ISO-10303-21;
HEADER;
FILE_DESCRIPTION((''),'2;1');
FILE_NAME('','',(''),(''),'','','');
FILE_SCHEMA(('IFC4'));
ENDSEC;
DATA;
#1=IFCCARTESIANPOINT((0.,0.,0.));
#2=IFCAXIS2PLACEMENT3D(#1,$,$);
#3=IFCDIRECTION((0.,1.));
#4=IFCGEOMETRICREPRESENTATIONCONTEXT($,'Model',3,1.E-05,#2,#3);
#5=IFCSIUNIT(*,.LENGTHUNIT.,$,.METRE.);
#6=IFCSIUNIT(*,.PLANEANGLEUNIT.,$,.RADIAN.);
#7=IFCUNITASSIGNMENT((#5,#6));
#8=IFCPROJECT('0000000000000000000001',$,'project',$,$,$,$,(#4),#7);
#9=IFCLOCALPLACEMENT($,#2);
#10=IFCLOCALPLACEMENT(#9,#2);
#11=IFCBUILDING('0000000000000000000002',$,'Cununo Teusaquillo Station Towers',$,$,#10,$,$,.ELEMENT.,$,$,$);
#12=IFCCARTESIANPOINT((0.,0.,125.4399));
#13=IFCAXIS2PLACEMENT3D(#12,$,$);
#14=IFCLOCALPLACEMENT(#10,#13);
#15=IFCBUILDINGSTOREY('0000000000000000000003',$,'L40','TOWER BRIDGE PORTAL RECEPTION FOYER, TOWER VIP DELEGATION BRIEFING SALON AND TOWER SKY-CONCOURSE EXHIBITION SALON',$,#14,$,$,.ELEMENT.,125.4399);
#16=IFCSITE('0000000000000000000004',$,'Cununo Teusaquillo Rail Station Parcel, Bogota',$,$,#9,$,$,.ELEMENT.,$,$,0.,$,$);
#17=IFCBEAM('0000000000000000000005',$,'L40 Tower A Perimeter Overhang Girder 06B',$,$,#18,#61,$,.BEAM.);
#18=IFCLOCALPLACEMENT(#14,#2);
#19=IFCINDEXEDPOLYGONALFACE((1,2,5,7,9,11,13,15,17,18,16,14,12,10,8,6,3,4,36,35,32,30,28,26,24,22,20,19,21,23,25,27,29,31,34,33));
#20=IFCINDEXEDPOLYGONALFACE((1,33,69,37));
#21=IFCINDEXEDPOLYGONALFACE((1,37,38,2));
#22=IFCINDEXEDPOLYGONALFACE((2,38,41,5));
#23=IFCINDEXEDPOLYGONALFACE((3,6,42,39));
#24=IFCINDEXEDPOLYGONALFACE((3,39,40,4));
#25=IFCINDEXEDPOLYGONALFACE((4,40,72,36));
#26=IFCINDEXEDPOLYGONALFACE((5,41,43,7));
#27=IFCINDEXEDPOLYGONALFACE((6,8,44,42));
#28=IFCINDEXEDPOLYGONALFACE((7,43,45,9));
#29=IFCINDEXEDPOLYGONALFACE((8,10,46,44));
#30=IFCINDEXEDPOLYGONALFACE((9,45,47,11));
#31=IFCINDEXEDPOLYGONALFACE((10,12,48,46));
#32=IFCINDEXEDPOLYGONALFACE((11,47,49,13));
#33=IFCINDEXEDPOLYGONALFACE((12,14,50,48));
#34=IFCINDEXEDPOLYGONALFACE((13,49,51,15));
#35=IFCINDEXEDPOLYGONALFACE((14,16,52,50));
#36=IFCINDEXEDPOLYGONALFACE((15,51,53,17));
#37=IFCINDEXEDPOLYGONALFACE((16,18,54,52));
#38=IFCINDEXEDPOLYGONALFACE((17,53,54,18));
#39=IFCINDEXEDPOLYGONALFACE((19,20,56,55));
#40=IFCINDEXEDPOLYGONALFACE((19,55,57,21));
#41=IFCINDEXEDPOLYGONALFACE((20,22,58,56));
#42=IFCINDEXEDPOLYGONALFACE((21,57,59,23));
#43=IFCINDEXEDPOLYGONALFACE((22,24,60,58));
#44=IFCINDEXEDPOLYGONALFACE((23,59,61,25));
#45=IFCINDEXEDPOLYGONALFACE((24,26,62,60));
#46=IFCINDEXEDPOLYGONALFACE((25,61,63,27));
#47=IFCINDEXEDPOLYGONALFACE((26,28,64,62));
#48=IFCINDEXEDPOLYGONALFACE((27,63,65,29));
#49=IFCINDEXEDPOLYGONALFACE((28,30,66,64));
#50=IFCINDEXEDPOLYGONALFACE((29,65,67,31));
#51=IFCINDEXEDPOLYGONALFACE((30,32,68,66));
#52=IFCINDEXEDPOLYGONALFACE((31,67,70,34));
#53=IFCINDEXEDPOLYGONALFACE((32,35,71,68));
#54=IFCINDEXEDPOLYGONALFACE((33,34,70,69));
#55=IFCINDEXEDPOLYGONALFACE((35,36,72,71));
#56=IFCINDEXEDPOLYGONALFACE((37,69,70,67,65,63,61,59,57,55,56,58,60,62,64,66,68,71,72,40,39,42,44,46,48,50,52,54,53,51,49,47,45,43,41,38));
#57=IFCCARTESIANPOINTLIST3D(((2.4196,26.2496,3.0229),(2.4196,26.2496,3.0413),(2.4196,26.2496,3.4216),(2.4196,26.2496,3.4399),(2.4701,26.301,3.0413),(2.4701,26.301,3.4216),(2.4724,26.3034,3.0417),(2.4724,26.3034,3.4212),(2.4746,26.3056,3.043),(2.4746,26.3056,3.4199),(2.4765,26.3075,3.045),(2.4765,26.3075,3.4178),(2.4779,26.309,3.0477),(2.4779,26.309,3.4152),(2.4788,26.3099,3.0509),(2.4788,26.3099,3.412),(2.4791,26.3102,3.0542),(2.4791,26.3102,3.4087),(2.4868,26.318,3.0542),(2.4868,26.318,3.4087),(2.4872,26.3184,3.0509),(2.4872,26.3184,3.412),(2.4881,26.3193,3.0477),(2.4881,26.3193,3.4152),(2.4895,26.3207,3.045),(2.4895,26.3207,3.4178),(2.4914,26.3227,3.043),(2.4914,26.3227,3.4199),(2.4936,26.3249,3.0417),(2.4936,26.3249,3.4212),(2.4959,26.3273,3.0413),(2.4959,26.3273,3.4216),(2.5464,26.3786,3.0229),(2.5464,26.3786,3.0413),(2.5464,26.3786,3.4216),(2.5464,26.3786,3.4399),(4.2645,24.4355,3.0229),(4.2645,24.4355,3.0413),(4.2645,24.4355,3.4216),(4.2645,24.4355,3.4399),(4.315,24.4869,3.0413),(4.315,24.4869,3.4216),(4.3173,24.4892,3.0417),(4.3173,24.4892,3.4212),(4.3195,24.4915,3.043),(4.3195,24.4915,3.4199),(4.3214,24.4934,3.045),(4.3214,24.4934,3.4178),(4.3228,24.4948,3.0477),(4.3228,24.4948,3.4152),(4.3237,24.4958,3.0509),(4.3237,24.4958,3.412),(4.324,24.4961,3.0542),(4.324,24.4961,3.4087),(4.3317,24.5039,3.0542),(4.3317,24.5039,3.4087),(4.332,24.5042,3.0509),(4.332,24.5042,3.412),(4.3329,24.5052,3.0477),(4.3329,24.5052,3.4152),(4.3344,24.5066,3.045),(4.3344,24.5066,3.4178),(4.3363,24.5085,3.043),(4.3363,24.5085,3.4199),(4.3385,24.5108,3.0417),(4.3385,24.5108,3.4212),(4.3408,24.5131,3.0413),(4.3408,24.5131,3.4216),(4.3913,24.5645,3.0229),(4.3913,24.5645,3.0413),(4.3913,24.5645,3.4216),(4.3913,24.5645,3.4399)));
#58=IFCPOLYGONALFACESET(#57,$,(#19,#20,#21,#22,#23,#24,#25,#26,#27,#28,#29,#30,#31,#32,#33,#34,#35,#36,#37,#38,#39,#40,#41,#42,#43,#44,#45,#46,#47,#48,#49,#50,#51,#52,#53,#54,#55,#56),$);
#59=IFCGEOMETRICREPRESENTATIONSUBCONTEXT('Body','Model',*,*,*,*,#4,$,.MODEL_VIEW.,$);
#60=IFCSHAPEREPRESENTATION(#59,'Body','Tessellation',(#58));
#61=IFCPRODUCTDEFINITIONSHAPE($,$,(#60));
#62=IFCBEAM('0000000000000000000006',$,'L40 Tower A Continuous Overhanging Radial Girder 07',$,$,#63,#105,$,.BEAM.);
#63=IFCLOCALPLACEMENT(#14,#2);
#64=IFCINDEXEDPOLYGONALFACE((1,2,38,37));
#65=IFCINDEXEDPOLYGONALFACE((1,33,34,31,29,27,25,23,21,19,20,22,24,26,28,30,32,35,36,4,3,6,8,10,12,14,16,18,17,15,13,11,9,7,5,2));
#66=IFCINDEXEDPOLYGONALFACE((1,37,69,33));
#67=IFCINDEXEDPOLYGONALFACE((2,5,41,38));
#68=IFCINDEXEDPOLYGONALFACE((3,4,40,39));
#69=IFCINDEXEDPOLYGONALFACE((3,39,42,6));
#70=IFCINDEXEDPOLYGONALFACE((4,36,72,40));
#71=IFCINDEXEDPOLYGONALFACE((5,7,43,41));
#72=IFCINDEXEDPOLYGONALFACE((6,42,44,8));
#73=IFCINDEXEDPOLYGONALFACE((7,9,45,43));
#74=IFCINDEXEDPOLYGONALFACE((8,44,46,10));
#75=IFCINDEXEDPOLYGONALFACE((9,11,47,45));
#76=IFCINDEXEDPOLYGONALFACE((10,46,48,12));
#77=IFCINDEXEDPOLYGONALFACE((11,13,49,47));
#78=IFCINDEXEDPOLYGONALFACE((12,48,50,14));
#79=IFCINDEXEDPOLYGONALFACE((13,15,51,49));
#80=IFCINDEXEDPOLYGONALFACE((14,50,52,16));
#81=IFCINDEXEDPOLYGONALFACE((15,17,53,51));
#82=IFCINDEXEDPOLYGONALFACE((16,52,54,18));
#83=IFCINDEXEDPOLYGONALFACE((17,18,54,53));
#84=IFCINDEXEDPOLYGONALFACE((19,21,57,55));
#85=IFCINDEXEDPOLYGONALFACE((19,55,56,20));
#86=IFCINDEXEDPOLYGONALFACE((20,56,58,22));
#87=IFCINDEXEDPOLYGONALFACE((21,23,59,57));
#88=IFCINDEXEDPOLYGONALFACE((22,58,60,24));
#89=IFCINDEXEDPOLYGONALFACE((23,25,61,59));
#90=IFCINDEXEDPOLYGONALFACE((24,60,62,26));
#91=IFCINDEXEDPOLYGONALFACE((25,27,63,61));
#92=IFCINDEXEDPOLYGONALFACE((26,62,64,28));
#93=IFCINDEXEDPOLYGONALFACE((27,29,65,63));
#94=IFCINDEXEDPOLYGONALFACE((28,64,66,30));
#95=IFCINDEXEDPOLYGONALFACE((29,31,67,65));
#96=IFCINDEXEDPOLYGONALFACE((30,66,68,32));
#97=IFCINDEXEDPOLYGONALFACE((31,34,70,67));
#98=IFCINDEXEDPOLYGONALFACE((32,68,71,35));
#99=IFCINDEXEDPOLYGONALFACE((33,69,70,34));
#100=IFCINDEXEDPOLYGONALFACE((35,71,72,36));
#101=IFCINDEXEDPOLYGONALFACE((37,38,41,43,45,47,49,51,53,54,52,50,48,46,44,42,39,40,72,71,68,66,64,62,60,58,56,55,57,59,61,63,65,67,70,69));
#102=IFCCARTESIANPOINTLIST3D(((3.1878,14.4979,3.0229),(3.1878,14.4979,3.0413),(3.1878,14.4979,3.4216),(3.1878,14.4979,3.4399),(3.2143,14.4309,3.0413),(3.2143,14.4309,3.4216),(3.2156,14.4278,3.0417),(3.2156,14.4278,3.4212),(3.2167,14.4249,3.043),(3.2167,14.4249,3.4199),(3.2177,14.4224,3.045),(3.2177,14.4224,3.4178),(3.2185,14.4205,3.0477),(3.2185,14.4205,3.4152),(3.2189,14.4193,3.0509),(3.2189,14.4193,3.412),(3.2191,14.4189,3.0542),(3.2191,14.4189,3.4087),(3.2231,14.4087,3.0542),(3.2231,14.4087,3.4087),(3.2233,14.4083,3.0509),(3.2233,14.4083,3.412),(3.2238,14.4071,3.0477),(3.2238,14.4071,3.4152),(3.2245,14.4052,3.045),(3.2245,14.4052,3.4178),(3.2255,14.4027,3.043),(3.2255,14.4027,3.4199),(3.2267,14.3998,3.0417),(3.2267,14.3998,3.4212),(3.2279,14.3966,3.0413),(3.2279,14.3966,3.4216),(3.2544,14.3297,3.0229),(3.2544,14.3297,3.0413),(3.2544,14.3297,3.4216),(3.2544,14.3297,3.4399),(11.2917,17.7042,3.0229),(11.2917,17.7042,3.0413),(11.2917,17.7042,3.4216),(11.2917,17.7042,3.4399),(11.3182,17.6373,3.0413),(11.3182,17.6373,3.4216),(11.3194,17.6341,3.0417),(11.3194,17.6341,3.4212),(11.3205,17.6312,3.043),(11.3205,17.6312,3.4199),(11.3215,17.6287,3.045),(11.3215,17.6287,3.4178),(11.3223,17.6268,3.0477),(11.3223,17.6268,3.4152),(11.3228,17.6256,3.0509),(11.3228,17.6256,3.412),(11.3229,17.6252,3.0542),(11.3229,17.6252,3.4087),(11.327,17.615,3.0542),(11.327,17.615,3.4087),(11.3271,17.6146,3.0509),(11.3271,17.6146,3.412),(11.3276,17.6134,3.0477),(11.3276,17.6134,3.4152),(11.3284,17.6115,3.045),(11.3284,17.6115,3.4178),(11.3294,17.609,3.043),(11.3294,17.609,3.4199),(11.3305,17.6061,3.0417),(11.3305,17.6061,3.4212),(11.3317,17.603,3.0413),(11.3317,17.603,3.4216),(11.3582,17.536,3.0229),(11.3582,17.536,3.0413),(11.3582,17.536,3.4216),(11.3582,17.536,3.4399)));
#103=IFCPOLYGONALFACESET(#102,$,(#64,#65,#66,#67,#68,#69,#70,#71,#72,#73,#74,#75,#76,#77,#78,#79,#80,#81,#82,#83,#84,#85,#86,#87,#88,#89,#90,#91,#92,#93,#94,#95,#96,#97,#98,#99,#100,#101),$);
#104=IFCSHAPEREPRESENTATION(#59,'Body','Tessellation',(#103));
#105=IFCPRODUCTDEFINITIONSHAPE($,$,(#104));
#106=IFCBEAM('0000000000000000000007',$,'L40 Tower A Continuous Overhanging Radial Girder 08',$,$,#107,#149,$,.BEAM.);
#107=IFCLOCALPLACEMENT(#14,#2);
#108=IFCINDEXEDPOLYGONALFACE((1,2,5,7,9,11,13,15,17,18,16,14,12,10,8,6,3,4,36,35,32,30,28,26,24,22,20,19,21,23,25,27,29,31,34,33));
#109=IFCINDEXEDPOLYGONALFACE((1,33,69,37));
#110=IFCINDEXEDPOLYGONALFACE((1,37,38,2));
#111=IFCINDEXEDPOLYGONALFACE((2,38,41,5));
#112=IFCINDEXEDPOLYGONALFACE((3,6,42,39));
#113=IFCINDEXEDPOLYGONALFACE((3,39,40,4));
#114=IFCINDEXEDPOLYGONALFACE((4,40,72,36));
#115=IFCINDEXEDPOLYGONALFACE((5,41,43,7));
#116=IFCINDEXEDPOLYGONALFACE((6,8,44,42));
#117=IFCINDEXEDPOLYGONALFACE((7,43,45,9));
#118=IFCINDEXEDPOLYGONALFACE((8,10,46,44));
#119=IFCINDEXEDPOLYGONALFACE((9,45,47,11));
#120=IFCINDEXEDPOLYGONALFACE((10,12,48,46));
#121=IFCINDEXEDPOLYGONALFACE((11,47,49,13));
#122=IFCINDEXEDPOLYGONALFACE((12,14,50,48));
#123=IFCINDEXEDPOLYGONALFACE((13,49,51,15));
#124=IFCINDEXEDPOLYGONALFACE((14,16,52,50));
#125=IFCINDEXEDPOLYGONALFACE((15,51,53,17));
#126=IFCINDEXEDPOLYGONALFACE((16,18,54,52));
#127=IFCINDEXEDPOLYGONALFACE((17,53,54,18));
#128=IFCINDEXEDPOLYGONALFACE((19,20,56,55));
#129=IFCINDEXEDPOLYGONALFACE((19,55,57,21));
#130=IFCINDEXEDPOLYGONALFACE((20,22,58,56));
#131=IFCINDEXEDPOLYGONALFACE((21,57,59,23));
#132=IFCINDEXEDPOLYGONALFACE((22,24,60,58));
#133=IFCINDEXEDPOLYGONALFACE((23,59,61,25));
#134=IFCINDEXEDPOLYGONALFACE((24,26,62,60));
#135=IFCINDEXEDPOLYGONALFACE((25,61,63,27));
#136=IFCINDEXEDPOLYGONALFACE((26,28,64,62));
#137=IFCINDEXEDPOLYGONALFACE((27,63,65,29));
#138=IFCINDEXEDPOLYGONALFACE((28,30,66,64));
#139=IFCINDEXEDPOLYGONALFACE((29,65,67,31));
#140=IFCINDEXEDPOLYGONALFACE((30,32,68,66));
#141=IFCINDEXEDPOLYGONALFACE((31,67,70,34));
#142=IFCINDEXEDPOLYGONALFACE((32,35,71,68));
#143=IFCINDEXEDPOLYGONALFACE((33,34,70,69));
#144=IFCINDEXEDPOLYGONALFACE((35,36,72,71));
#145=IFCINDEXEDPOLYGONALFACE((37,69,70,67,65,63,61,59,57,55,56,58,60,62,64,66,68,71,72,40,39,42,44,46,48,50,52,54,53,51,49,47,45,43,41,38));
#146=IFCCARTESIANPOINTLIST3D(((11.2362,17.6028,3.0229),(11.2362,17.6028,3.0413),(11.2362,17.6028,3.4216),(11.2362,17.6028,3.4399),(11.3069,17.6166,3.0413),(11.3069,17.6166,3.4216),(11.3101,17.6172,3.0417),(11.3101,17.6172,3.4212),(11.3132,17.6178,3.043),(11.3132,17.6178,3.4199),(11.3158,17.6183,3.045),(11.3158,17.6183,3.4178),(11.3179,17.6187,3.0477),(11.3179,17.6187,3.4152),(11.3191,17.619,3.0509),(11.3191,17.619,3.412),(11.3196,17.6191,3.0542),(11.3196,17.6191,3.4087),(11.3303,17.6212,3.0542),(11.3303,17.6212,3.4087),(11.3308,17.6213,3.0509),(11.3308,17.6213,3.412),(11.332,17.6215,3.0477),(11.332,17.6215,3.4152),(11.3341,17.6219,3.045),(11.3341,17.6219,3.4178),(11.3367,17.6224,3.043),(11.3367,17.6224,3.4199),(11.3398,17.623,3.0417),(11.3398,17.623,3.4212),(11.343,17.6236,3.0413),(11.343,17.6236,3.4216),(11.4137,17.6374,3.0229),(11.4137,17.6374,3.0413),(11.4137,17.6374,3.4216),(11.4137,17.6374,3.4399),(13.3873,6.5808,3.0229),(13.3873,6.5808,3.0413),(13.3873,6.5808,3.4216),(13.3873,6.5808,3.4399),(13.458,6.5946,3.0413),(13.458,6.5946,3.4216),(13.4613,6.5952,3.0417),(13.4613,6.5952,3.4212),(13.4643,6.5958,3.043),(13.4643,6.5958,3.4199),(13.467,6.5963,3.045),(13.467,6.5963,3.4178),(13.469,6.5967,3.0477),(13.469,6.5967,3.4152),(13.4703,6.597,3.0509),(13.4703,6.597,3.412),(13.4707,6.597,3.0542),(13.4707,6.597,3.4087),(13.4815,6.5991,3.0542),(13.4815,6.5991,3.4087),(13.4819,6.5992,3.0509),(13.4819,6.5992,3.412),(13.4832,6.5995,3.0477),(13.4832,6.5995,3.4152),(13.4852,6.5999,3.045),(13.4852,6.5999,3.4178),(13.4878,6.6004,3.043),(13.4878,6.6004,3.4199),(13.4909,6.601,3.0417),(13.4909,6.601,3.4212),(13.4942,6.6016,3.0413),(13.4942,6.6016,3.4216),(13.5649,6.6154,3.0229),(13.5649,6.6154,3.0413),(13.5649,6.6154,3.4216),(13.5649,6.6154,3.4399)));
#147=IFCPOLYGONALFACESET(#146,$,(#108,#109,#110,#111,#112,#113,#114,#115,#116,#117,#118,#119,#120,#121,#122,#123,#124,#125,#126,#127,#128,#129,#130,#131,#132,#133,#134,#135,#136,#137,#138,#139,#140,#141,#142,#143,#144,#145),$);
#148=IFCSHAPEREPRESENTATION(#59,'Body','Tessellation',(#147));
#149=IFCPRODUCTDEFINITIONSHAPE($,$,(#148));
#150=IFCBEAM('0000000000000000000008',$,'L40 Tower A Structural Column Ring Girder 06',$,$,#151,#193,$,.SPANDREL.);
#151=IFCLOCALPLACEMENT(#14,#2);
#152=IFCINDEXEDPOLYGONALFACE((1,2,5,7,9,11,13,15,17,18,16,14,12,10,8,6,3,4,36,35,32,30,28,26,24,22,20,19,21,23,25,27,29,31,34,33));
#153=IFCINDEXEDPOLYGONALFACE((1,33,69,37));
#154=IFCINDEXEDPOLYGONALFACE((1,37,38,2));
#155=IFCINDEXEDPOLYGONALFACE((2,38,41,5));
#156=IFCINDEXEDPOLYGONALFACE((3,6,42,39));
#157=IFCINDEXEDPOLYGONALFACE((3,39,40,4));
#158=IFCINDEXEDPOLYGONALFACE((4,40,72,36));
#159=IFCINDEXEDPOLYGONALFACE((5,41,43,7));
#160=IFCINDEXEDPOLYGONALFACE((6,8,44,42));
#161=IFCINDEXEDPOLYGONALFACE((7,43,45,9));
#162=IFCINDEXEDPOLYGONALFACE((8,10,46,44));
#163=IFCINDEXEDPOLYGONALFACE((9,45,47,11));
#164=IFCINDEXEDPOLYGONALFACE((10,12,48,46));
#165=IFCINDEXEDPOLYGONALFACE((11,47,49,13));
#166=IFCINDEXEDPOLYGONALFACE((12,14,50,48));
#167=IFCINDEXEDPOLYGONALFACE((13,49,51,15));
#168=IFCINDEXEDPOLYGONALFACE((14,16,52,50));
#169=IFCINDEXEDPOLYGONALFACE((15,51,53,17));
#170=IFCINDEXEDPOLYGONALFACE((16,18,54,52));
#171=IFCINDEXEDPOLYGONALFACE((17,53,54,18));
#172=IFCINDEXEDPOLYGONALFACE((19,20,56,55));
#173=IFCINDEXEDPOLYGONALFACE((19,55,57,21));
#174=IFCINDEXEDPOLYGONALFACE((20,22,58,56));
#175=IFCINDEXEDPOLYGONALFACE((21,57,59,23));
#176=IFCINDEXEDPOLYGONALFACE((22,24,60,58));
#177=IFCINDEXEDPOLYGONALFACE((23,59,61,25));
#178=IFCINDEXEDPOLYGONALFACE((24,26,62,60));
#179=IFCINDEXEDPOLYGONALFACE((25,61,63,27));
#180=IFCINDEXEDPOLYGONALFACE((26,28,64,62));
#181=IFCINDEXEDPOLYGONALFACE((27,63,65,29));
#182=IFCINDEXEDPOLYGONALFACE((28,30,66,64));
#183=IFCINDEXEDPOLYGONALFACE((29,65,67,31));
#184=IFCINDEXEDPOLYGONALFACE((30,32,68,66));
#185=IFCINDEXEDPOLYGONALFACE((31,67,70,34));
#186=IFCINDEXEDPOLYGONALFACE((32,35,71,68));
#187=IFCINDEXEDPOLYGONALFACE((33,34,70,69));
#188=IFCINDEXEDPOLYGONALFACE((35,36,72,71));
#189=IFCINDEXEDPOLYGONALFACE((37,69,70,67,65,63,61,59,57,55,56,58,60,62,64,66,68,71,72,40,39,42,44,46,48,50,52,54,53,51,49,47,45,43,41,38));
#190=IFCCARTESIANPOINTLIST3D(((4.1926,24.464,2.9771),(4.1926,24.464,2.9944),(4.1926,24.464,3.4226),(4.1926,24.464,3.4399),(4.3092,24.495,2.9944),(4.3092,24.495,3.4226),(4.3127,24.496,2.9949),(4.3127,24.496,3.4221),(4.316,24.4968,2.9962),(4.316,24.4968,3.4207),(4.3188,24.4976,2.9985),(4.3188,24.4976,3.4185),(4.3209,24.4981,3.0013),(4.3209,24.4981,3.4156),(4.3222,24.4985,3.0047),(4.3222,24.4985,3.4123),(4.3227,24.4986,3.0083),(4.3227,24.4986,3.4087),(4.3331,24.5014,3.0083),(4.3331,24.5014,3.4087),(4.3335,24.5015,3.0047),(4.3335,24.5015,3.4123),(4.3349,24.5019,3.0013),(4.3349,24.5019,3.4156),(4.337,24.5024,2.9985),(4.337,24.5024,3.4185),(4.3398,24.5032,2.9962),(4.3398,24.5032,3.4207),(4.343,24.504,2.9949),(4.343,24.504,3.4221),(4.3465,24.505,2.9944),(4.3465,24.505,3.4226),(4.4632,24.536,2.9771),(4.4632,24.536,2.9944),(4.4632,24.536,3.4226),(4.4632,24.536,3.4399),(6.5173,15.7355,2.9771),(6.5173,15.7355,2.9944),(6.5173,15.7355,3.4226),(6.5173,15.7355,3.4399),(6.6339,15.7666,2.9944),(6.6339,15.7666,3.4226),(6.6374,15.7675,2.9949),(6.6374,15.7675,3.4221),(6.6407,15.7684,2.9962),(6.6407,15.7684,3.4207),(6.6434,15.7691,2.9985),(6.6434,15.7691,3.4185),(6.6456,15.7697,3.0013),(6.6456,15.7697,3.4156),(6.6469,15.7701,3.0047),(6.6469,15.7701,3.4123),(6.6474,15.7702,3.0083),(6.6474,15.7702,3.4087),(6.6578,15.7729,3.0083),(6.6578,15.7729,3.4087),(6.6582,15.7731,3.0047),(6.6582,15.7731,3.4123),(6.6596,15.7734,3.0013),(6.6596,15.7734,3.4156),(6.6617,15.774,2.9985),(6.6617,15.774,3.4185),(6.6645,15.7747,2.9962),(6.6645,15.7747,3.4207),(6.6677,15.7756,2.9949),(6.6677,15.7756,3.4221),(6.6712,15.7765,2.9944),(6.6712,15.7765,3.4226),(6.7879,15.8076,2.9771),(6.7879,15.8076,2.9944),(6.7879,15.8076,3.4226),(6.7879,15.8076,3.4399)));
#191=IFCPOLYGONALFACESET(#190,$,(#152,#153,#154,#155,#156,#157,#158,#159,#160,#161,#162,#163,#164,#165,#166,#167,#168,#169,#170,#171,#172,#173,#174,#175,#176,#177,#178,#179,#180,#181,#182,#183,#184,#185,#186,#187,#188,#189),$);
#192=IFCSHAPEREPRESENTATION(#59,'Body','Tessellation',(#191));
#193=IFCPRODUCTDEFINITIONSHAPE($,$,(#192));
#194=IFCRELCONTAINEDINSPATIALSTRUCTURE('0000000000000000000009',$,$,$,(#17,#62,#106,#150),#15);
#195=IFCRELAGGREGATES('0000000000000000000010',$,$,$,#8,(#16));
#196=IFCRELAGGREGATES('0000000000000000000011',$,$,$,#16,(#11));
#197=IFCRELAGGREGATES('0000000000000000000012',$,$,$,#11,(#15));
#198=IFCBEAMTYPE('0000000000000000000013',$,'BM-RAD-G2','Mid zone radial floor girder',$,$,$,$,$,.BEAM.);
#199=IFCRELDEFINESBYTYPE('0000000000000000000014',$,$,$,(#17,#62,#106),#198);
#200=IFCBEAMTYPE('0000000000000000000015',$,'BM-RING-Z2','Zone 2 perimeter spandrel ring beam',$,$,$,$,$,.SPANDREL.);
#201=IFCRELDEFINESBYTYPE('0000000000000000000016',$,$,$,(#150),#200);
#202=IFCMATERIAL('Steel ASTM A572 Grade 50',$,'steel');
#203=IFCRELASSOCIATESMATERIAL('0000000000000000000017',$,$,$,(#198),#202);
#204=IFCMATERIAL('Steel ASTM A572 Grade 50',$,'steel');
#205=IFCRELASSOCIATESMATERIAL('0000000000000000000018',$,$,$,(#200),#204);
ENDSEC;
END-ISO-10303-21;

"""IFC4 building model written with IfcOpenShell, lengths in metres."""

from ifc_helpers import new_model, si_unit, direction, frame, origin, origin_2d, place, context, subcontext, project, spatial, i_section, extrude, material, material_profile, profile_set, type_object, element, save


model = new_model("IFC4")

# Units and contexts
model_context = context("Model", 3, precision=1e-05, world=origin(), true_north=direction((0.0, 1.0)))
body_context = subcontext(model_context, "Body", "Model", "MODEL_VIEW")
ifc_project = project(units=[si_unit("LENGTHUNIT", "METRE"), si_unit("PLANEANGLEUNIT", "RADIAN")], contexts=[model_context])

# Site, building, storey
site_placement = place(None, origin())
site = spatial("IfcSite", under=ifc_project, at=site_placement, Name="Cununo Teusaquillo Rail Station Parcel, Bogota", CompositionType="ELEMENT", RefElevation=0.0)
building_placement = place(site_placement, origin())
building = spatial("IfcBuilding", under=site, at=building_placement, Name="Cununo Teusaquillo Station Towers", CompositionType="ELEMENT")
storey_placement = place(building_placement, frame((0.0, 0.0, 125.4399)))
storey = spatial("IfcBuildingStorey", under=building, at=storey_placement, Name="L40", Description="TOWER BRIDGE PORTAL RECEPTION FOYER, TOWER VIP DELEGATION BRIEFING SALON AND TOWER SKY-CONCOURSE EXHIBITION SALON", CompositionType="ELEMENT", Elevation=125.4399)

# Beams
ifc_material_1 = material(Name="Steel ASTM A572 Grade 50", Category="steel")
ifc_material_profile_1 = material_profile(ifc_material_1, i_section(OverallWidth=0.1809, OverallDepth=0.417, WebThickness=0.011, FlangeThickness=0.0183, FilletRadius=0.0129, at=origin_2d()), Name="W16X57")
ifc_profile_set_1 = profile_set([ifc_material_profile_1], Name="Steel ASTM A572 Grade 50")
beam_type_1 = type_object("IfcBeamType", Name="BM-RAD-G2", Description="Mid zone radial floor girder", PredefinedType="BEAM", material=ifc_profile_set_1)
beam_1_placement = place(storey_placement, frame((4.3279, 24.5, 3.2314), z_axis=(-0.713026, 0.701138, 0.0), x_axis=(-0.701138, -0.713026, 0.0)))
element("IfcBeam", 1, at=beam_1_placement, inside=storey, type_object=beam_type_1, Name="L40 Tower A Perimeter Overhang Girder 06B", PredefinedType="BEAM", context=body_context, shape_type="SweptSolid", body=[
    extrude(i_section(OverallWidth=0.1809, OverallDepth=0.417, WebThickness=0.011, FlangeThickness=0.0183, FilletRadius=0.0129, at=origin_2d()), origin(), (0.0, 0.0, 1.0), 2.5874),
])
beam_2_placement = place(storey_placement, frame((11.325, 17.6201, 3.2314), z_axis=(-0.929863, -0.367906, 0.0), x_axis=(0.367906, -0.929863, 0.0)))
element("IfcBeam", 2, at=beam_2_placement, inside=storey, type_object=beam_type_1, Name="L40 Tower A Continuous Overhanging Radial Girder 07", PredefinedType="BEAM", context=body_context, shape_type="SweptSolid", body=[
    extrude(i_section(OverallWidth=0.1809, OverallDepth=0.417, WebThickness=0.011, FlangeThickness=0.0183, FilletRadius=0.0129, at=origin_2d()), origin(), (0.0, 0.0, 1.0), 8.7151),
])
beam_3_placement = place(storey_placement, frame((11.325, 17.6201, 3.2314), z_axis=(0.191553, -0.981482, 0.0), x_axis=(0.981482, 0.191553, 0.0)))
element("IfcBeam", 3, at=beam_3_placement, inside=storey, type_object=beam_type_1, Name="L40 Tower A Continuous Overhanging Radial Girder 08", PredefinedType="BEAM", context=body_context, shape_type="SweptSolid", body=[
    extrude(i_section(OverallWidth=0.1809, OverallDepth=0.417, WebThickness=0.011, FlangeThickness=0.0183, FilletRadius=0.0129, at=origin_2d()), origin(), (0.0, 0.0, 1.0), 11.23),
])
ifc_material_2 = material(Name="Steel ASTM A572 Grade 50", Category="steel")
ifc_material_profile_2 = material_profile(ifc_material_2, i_section(OverallWidth=0.28, OverallDepth=0.4629, WebThickness=0.0107, FlangeThickness=0.0173, FilletRadius=0.0139, at=origin_2d()), Name="W18X76")
ifc_profile_set_2 = profile_set([ifc_material_profile_2], Name="Steel ASTM A572 Grade 50")
beam_type_2 = type_object("IfcBeamType", Name="BM-RING-Z2", Description="Zone 2 perimeter spandrel ring beam", PredefinedType="SPANDREL", material=ifc_profile_set_2)
beam_4_placement = place(storey_placement, frame((4.3279, 24.5, 3.2085), z_axis=(0.257363, -0.966315, 0.0), x_axis=(0.966315, 0.257363, 0.0)))
element("IfcBeam", 4, at=beam_4_placement, inside=storey, type_object=beam_type_2, Name="L40 Tower A Structural Column Ring Girder 06", PredefinedType="SPANDREL", context=body_context, shape_type="SweptSolid", body=[
    extrude(i_section(OverallWidth=0.28, OverallDepth=0.4629, WebThickness=0.0107, FlangeThickness=0.0173, FilletRadius=0.0139, at=origin_2d()), origin(), (0.0, 0.0, 1.0), 9.0327),
])

save(model, "model.ifc")
